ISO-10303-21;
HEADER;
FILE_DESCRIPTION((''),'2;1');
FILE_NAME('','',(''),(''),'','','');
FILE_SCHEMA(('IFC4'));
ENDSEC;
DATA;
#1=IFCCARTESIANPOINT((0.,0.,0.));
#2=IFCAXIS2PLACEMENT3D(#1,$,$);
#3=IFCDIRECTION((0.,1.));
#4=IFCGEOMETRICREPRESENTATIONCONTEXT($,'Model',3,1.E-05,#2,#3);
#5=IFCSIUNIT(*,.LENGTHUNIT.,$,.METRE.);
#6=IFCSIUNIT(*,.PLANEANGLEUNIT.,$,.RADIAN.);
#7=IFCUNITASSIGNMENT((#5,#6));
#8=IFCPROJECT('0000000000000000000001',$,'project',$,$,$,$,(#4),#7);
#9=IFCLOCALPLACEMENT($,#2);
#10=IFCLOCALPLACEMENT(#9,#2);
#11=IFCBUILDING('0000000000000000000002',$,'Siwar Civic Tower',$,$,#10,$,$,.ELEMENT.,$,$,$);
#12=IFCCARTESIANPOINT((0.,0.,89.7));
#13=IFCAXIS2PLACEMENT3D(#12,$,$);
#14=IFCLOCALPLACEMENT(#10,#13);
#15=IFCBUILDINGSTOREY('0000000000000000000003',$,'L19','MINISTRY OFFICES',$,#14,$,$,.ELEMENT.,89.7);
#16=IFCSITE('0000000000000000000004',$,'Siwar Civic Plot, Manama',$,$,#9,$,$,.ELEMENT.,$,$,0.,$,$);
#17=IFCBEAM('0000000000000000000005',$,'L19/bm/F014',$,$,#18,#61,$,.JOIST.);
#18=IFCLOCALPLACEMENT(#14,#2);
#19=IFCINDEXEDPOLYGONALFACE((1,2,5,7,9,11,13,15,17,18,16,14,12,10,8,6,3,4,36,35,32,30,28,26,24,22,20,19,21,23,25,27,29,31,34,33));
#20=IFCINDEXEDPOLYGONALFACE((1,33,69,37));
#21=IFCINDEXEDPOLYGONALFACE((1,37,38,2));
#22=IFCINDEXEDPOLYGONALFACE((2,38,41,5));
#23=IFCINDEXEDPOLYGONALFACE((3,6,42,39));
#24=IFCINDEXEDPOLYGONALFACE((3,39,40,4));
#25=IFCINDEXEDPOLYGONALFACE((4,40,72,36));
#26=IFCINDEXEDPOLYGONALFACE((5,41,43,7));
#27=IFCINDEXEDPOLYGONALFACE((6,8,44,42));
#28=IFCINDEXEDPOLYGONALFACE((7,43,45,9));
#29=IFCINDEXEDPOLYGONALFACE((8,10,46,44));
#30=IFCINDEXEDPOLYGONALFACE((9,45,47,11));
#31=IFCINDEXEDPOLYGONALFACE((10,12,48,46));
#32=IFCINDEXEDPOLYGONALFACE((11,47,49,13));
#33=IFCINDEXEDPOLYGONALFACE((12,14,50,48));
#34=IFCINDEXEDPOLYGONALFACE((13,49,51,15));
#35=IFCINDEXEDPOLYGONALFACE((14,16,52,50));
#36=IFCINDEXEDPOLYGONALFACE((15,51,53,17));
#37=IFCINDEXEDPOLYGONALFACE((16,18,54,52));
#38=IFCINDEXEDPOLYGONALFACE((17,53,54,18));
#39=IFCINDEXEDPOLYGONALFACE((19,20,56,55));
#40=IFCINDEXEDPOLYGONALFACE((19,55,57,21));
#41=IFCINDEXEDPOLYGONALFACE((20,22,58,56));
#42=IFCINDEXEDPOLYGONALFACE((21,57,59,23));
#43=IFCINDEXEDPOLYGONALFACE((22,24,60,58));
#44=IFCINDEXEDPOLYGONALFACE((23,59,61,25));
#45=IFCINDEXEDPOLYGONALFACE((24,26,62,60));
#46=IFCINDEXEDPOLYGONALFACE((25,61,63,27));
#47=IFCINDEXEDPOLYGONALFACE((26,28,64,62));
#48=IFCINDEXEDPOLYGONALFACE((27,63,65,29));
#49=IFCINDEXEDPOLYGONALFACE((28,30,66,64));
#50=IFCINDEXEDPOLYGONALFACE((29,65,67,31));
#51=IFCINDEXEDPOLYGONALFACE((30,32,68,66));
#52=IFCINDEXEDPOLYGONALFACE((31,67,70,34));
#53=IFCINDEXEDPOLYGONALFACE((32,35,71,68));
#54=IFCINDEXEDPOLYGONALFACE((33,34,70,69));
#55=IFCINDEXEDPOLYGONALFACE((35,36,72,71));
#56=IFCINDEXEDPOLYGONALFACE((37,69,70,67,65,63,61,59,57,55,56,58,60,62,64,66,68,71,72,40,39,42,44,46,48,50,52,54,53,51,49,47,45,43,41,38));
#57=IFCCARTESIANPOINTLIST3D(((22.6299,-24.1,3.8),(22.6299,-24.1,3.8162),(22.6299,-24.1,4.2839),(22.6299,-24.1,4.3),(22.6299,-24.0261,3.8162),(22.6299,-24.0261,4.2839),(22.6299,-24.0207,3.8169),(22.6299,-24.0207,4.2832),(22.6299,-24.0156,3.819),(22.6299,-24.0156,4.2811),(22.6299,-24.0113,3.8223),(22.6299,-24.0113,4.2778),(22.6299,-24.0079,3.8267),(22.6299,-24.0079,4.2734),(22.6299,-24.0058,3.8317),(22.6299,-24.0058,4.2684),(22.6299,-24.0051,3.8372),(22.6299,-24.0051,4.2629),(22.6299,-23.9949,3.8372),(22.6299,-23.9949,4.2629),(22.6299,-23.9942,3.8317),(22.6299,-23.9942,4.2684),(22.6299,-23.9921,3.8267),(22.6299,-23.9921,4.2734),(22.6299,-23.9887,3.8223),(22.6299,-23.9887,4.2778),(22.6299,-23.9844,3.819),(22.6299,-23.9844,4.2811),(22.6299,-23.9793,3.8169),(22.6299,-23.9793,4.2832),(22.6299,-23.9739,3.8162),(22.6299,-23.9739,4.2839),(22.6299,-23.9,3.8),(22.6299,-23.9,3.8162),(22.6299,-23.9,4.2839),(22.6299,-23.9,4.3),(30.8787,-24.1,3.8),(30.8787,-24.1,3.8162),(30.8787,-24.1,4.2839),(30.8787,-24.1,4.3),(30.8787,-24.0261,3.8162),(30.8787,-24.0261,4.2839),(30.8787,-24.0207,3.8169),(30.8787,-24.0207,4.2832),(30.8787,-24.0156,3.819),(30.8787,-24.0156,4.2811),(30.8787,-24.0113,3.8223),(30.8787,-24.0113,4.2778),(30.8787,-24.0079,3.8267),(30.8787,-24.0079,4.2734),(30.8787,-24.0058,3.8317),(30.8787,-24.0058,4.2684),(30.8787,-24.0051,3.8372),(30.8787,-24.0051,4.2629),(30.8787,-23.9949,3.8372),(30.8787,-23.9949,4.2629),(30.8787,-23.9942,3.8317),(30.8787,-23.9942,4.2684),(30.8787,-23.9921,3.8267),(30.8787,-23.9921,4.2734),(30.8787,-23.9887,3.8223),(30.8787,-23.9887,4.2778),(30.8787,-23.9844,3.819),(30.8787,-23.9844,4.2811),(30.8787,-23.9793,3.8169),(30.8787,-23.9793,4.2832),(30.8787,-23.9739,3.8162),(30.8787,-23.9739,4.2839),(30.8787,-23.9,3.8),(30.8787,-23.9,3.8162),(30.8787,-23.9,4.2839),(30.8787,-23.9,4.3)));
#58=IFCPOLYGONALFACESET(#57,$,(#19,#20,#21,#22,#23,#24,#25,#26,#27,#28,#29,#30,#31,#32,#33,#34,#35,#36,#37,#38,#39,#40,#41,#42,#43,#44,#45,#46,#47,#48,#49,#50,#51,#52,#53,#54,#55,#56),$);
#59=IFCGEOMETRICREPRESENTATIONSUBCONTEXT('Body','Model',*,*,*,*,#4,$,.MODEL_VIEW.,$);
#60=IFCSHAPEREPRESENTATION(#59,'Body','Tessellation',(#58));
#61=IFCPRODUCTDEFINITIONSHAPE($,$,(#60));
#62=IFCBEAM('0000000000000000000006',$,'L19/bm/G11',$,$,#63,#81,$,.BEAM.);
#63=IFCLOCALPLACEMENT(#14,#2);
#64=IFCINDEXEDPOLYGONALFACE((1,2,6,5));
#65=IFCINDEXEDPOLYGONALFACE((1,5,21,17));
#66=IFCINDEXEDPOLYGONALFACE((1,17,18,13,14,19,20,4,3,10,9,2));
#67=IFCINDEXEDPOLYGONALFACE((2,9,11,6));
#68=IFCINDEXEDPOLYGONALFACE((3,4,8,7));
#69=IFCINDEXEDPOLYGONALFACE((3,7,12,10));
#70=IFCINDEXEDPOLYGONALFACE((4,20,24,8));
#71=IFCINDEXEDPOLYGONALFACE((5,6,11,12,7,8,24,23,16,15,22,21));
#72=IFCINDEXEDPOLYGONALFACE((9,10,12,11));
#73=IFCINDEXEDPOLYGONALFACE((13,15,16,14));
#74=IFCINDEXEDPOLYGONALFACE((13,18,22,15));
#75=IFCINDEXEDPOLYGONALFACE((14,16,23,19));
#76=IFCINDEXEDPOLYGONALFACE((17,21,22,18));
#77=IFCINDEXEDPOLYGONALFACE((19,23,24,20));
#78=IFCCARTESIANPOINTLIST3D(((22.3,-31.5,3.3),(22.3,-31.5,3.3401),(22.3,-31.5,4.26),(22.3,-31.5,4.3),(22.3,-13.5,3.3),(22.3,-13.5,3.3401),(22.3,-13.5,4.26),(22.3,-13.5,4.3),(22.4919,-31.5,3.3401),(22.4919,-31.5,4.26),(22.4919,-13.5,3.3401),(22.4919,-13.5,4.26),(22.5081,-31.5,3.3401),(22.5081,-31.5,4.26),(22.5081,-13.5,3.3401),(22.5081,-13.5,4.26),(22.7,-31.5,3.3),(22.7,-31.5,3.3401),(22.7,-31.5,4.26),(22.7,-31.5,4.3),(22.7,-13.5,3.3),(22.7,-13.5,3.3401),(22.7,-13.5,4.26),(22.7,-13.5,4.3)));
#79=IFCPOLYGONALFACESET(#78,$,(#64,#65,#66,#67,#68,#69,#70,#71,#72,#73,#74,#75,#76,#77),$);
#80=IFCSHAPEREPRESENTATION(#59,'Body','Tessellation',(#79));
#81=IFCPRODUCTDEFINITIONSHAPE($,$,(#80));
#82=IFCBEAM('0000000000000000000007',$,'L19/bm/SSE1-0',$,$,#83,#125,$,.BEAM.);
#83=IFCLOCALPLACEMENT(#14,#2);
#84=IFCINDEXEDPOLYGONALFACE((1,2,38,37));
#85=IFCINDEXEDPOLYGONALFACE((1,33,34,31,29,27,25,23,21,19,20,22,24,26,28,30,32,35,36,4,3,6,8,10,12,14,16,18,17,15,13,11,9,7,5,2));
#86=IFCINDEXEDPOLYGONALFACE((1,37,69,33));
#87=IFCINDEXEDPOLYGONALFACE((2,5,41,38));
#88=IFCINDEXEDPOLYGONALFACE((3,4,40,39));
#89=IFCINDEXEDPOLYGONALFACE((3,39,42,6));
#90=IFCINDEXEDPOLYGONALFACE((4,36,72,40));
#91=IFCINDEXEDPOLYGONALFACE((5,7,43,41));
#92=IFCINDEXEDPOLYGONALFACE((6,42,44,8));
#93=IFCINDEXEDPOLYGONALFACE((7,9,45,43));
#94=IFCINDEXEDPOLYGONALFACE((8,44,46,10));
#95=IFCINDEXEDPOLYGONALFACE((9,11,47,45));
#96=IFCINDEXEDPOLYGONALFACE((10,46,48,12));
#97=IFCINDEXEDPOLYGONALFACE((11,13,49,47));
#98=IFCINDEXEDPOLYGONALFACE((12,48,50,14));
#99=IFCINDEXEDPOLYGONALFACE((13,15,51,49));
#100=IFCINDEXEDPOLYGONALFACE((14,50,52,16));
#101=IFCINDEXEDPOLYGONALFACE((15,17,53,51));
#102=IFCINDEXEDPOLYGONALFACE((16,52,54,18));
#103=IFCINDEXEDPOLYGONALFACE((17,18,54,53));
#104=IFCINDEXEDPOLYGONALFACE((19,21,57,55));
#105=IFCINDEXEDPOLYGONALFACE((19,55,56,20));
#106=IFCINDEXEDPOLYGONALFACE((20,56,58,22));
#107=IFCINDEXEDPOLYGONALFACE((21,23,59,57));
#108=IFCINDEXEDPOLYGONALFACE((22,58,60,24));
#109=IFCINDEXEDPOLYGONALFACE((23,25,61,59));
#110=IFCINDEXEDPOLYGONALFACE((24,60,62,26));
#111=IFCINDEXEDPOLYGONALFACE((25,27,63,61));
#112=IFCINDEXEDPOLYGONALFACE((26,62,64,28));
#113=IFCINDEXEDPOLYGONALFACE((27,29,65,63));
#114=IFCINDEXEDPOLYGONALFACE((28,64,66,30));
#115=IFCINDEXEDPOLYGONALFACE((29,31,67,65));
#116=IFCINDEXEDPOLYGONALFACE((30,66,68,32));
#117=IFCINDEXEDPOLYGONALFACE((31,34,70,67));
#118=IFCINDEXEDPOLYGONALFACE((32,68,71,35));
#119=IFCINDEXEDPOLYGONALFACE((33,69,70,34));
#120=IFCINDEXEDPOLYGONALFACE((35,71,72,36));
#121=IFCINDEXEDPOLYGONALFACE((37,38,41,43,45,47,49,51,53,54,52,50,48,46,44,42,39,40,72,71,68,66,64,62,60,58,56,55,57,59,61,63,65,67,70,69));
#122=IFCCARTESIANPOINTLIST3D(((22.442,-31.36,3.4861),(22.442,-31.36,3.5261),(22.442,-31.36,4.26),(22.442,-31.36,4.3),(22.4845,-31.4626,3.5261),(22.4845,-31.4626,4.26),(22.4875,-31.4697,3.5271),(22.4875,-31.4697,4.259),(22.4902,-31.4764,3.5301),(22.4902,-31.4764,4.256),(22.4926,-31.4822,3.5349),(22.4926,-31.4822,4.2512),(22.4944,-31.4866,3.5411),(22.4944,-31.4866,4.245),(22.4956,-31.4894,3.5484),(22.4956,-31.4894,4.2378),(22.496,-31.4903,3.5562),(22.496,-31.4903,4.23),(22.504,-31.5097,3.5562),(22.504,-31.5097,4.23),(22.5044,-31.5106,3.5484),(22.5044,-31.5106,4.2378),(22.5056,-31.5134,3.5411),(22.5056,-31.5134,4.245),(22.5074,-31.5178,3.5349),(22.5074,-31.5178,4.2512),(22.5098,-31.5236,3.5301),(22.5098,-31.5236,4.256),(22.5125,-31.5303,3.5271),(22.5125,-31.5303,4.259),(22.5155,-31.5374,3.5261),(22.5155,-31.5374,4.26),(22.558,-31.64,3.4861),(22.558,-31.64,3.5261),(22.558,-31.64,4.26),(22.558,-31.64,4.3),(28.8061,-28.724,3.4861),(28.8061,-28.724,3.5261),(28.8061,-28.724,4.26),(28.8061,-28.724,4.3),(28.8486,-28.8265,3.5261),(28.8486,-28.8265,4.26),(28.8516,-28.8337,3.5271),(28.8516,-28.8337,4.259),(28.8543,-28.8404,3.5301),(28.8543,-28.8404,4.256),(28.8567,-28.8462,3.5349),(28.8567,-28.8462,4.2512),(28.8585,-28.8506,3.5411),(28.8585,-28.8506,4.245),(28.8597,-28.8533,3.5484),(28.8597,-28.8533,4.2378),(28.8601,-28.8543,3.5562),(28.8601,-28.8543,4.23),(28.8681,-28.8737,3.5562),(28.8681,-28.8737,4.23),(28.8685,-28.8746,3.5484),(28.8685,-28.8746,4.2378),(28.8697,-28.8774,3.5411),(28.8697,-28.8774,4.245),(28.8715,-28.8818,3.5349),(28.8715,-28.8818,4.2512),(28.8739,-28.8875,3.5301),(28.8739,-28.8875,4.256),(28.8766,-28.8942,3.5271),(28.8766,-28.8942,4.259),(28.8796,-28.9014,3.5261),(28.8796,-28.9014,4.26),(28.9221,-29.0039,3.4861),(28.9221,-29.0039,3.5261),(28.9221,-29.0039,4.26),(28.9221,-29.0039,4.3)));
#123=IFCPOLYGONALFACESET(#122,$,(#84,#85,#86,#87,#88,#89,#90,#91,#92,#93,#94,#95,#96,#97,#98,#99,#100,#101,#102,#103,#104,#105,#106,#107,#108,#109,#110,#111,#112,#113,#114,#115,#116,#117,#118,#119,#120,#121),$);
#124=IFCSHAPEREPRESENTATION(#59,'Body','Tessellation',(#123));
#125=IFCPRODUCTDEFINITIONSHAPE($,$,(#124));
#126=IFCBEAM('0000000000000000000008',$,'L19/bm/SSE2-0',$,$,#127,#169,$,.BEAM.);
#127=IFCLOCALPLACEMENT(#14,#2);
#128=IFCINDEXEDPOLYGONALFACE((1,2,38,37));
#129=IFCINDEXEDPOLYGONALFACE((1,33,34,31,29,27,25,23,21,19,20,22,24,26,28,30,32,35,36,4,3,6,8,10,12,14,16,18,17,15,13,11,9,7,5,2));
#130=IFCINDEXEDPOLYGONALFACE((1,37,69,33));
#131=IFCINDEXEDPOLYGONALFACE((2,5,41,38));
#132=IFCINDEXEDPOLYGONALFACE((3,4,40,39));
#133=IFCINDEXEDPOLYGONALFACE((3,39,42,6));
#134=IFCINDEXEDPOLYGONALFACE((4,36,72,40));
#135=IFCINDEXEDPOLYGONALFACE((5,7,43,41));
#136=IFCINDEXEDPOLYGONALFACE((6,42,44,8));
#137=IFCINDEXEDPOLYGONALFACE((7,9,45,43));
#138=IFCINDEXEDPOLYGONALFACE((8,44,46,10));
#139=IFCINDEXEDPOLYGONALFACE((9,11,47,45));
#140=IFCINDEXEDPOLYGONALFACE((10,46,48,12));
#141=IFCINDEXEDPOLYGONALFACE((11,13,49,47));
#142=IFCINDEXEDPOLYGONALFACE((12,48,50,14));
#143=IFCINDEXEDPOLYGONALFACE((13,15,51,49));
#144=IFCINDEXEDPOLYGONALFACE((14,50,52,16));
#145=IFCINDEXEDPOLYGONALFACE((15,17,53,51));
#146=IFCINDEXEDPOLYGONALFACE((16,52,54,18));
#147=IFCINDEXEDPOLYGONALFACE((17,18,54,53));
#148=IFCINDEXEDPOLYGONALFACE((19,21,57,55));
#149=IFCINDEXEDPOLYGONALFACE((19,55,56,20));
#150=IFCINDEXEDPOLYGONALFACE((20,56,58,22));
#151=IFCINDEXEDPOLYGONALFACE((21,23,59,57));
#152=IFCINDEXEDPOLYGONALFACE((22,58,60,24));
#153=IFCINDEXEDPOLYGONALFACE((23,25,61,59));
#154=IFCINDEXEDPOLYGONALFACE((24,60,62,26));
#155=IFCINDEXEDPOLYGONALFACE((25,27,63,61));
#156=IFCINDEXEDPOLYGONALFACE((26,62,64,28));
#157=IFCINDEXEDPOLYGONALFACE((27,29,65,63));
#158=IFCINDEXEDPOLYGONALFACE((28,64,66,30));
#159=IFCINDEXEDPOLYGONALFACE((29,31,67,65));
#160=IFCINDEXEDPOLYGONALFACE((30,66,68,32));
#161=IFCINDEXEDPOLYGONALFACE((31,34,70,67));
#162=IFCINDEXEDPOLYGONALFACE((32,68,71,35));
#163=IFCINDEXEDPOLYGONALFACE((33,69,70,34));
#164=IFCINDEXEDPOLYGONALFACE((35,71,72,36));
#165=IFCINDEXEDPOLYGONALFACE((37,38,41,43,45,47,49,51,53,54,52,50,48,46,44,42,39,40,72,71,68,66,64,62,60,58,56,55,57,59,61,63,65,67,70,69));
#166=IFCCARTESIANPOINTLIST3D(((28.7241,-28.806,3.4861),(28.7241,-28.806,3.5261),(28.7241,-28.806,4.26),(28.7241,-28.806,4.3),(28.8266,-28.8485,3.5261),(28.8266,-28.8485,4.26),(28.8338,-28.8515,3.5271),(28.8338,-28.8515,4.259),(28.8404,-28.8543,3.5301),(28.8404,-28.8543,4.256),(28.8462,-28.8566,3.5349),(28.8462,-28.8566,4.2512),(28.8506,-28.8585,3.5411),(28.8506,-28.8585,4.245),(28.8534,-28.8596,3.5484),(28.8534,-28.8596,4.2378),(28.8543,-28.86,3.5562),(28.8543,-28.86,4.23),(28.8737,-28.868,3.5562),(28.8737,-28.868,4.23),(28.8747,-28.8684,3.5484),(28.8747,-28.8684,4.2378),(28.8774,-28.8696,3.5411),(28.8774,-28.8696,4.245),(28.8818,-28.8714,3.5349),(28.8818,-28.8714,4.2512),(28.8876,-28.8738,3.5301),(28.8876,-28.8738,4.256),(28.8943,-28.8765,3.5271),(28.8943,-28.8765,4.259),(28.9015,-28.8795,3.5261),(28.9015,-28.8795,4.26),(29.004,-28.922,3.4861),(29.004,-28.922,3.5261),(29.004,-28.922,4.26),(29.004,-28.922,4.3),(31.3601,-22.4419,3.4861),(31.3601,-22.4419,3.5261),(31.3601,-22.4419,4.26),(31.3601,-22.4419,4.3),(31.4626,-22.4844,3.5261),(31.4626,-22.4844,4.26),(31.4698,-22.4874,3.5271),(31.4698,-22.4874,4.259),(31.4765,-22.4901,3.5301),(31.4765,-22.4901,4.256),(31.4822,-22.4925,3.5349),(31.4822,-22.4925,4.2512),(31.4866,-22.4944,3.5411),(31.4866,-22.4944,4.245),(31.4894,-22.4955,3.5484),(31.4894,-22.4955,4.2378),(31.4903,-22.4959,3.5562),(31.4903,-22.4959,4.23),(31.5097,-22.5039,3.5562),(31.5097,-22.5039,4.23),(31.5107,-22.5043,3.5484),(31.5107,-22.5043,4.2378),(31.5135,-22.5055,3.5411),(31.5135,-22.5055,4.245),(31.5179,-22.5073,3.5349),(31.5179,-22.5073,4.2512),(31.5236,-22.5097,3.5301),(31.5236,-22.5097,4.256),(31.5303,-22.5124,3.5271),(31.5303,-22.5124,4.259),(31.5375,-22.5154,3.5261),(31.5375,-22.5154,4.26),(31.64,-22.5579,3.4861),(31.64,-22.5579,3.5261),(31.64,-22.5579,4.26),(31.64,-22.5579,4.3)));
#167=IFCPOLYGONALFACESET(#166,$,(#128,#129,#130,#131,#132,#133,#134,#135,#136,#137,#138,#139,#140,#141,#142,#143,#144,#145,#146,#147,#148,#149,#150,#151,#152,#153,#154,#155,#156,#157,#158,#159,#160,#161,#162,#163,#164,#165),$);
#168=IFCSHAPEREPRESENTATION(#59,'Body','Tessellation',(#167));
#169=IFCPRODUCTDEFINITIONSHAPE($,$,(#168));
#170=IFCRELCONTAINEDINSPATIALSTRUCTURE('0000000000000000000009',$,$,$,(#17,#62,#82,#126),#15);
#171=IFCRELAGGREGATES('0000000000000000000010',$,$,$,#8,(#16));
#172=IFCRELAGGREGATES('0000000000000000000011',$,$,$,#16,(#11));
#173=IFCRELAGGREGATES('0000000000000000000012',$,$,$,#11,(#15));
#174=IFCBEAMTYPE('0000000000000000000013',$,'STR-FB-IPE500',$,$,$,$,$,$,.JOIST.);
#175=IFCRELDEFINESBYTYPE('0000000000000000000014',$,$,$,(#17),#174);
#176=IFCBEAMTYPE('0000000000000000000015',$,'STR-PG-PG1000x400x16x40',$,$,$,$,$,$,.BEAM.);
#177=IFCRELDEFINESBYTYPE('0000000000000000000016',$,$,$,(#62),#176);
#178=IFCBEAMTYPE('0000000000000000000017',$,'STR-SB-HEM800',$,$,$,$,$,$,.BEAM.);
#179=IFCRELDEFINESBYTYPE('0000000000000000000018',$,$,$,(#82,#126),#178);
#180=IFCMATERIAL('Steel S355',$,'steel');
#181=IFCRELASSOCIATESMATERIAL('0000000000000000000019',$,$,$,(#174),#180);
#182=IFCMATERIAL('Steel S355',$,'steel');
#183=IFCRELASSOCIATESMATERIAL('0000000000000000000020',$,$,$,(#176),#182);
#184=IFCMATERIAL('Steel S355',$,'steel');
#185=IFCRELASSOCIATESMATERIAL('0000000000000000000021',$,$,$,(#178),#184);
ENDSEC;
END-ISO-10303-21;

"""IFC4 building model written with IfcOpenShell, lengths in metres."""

from ifc_helpers import new_model, si_unit, direction, frame, origin, origin_2d, place, context, subcontext, project, spatial, i_section, extrude, material, material_profile, profile_set, type_object, element, save


model = new_model("IFC4")

# Units and contexts
model_context = context("Model", 3, precision=1e-05, world=origin(), true_north=direction((0.0, 1.0)))
body_context = subcontext(model_context, "Body", "Model", "MODEL_VIEW")
ifc_project = project(units=[si_unit("LENGTHUNIT", "METRE"), si_unit("PLANEANGLEUNIT", "RADIAN")], contexts=[model_context])

# Site, building, storey
site_placement = place(None, origin())
site = spatial("IfcSite", under=ifc_project, at=site_placement, Name="Siwar Civic Plot, Manama", CompositionType="ELEMENT", RefElevation=0.0)
building_placement = place(site_placement, origin())
building = spatial("IfcBuilding", under=site, at=building_placement, Name="Siwar Civic Tower", CompositionType="ELEMENT")
storey_placement = place(building_placement, frame((0.0, 0.0, 89.7)))
storey = spatial("IfcBuildingStorey", under=building, at=storey_placement, Name="L19", Description="MINISTRY OFFICES", CompositionType="ELEMENT", Elevation=89.7)

# Beams
ifc_material_1 = material(Name="Steel S355", Category="steel")
ifc_material_profile_1 = material_profile(ifc_material_1, i_section(OverallWidth=0.2, OverallDepth=0.5, WebThickness=0.0103, FlangeThickness=0.0161, FilletRadius=0.021, at=origin_2d()), Name="IPE500")
ifc_profile_set_1 = profile_set([ifc_material_profile_1], Name="Steel S355")
beam_type_1 = type_object("IfcBeamType", Name="STR-FB-IPE500", PredefinedType="JOIST", material=ifc_profile_set_1)
beam_1_placement = place(storey_placement, frame((22.6299, -24.0, 4.05), z_axis=(1.0, 0.0, 0.0), x_axis=(0.0, 1.0, 0.0)))
element("IfcBeam", 1, at=beam_1_placement, inside=storey, type_object=beam_type_1, Name="L19/bm/F014", PredefinedType="JOIST", context=body_context, shape_type="SweptSolid", body=[
    extrude(i_section(OverallWidth=0.2, OverallDepth=0.5, WebThickness=0.0103, FlangeThickness=0.0161, FilletRadius=0.021, at=origin_2d()), origin(), (0.0, 0.0, 1.0), 8.2488),
])
ifc_material_2 = material(Name="Steel S355", Category="steel")
ifc_material_profile_2 = material_profile(ifc_material_2, i_section(OverallWidth=0.3999, OverallDepth=1.0, WebThickness=0.0161, FlangeThickness=0.04, at=origin_2d()), Name="PG1000x400x16x40")
ifc_profile_set_2 = profile_set([ifc_material_profile_2], Name="Steel S355")
beam_type_2 = type_object("IfcBeamType", Name="STR-PG-PG1000x400x16x40", PredefinedType="BEAM", material=ifc_profile_set_2)
beam_2_placement = place(storey_placement, frame((22.5, -31.5, 3.8), z_axis=(0.0, 1.0, 0.0), x_axis=(-1.0, 0.0, 0.0)))
element("IfcBeam", 2, at=beam_2_placement, inside=storey, type_object=beam_type_2, Name="L19/bm/G11", PredefinedType="BEAM", context=body_context, shape_type="SweptSolid", body=[
    extrude(i_section(OverallWidth=0.3999, OverallDepth=1.0, WebThickness=0.0161, FlangeThickness=0.04, at=origin_2d()), origin(), (0.0, 0.0, 1.0), 18.0),
])
ifc_material_3 = material(Name="Steel S355", Category="steel")
ifc_material_profile_3 = material_profile(ifc_material_3, i_section(OverallWidth=0.303, OverallDepth=0.814, WebThickness=0.021, FlangeThickness=0.04, FilletRadius=0.03, at=origin_2d()), Name="HEM800")
ifc_profile_set_3 = profile_set([ifc_material_profile_3], Name="Steel S355")
beam_type_3 = type_object("IfcBeamType", Name="STR-SB-HEM800", PredefinedType="BEAM", material=ifc_profile_set_3)
for number, where, z_axis, x_axis, name in (
    (3, (22.5, -31.5, 3.8931), (0.923883, 0.382674, 0.0), (-0.382674, 0.923883, 0.0), "L19/bm/SSE1-0"),
    (4, (28.864, -28.864, 3.8931), (0.382674, 0.923883, 0.0), (-0.923883, 0.382674, 0.0), "L19/bm/SSE2-0"),
):
    element("IfcBeam", number, at=place(storey_placement, frame(where, z_axis=z_axis, x_axis=x_axis)), inside=storey, type_object=beam_type_3, Name=name, PredefinedType="BEAM", context=body_context, shape_type="SweptSolid", body=[
        extrude(i_section(OverallWidth=0.303, OverallDepth=0.814, WebThickness=0.021, FlangeThickness=0.04, FilletRadius=0.03, at=origin_2d()), origin(), (0.0, 0.0, 1.0), 6.8884),
    ])

save(model, "model.ifc")
